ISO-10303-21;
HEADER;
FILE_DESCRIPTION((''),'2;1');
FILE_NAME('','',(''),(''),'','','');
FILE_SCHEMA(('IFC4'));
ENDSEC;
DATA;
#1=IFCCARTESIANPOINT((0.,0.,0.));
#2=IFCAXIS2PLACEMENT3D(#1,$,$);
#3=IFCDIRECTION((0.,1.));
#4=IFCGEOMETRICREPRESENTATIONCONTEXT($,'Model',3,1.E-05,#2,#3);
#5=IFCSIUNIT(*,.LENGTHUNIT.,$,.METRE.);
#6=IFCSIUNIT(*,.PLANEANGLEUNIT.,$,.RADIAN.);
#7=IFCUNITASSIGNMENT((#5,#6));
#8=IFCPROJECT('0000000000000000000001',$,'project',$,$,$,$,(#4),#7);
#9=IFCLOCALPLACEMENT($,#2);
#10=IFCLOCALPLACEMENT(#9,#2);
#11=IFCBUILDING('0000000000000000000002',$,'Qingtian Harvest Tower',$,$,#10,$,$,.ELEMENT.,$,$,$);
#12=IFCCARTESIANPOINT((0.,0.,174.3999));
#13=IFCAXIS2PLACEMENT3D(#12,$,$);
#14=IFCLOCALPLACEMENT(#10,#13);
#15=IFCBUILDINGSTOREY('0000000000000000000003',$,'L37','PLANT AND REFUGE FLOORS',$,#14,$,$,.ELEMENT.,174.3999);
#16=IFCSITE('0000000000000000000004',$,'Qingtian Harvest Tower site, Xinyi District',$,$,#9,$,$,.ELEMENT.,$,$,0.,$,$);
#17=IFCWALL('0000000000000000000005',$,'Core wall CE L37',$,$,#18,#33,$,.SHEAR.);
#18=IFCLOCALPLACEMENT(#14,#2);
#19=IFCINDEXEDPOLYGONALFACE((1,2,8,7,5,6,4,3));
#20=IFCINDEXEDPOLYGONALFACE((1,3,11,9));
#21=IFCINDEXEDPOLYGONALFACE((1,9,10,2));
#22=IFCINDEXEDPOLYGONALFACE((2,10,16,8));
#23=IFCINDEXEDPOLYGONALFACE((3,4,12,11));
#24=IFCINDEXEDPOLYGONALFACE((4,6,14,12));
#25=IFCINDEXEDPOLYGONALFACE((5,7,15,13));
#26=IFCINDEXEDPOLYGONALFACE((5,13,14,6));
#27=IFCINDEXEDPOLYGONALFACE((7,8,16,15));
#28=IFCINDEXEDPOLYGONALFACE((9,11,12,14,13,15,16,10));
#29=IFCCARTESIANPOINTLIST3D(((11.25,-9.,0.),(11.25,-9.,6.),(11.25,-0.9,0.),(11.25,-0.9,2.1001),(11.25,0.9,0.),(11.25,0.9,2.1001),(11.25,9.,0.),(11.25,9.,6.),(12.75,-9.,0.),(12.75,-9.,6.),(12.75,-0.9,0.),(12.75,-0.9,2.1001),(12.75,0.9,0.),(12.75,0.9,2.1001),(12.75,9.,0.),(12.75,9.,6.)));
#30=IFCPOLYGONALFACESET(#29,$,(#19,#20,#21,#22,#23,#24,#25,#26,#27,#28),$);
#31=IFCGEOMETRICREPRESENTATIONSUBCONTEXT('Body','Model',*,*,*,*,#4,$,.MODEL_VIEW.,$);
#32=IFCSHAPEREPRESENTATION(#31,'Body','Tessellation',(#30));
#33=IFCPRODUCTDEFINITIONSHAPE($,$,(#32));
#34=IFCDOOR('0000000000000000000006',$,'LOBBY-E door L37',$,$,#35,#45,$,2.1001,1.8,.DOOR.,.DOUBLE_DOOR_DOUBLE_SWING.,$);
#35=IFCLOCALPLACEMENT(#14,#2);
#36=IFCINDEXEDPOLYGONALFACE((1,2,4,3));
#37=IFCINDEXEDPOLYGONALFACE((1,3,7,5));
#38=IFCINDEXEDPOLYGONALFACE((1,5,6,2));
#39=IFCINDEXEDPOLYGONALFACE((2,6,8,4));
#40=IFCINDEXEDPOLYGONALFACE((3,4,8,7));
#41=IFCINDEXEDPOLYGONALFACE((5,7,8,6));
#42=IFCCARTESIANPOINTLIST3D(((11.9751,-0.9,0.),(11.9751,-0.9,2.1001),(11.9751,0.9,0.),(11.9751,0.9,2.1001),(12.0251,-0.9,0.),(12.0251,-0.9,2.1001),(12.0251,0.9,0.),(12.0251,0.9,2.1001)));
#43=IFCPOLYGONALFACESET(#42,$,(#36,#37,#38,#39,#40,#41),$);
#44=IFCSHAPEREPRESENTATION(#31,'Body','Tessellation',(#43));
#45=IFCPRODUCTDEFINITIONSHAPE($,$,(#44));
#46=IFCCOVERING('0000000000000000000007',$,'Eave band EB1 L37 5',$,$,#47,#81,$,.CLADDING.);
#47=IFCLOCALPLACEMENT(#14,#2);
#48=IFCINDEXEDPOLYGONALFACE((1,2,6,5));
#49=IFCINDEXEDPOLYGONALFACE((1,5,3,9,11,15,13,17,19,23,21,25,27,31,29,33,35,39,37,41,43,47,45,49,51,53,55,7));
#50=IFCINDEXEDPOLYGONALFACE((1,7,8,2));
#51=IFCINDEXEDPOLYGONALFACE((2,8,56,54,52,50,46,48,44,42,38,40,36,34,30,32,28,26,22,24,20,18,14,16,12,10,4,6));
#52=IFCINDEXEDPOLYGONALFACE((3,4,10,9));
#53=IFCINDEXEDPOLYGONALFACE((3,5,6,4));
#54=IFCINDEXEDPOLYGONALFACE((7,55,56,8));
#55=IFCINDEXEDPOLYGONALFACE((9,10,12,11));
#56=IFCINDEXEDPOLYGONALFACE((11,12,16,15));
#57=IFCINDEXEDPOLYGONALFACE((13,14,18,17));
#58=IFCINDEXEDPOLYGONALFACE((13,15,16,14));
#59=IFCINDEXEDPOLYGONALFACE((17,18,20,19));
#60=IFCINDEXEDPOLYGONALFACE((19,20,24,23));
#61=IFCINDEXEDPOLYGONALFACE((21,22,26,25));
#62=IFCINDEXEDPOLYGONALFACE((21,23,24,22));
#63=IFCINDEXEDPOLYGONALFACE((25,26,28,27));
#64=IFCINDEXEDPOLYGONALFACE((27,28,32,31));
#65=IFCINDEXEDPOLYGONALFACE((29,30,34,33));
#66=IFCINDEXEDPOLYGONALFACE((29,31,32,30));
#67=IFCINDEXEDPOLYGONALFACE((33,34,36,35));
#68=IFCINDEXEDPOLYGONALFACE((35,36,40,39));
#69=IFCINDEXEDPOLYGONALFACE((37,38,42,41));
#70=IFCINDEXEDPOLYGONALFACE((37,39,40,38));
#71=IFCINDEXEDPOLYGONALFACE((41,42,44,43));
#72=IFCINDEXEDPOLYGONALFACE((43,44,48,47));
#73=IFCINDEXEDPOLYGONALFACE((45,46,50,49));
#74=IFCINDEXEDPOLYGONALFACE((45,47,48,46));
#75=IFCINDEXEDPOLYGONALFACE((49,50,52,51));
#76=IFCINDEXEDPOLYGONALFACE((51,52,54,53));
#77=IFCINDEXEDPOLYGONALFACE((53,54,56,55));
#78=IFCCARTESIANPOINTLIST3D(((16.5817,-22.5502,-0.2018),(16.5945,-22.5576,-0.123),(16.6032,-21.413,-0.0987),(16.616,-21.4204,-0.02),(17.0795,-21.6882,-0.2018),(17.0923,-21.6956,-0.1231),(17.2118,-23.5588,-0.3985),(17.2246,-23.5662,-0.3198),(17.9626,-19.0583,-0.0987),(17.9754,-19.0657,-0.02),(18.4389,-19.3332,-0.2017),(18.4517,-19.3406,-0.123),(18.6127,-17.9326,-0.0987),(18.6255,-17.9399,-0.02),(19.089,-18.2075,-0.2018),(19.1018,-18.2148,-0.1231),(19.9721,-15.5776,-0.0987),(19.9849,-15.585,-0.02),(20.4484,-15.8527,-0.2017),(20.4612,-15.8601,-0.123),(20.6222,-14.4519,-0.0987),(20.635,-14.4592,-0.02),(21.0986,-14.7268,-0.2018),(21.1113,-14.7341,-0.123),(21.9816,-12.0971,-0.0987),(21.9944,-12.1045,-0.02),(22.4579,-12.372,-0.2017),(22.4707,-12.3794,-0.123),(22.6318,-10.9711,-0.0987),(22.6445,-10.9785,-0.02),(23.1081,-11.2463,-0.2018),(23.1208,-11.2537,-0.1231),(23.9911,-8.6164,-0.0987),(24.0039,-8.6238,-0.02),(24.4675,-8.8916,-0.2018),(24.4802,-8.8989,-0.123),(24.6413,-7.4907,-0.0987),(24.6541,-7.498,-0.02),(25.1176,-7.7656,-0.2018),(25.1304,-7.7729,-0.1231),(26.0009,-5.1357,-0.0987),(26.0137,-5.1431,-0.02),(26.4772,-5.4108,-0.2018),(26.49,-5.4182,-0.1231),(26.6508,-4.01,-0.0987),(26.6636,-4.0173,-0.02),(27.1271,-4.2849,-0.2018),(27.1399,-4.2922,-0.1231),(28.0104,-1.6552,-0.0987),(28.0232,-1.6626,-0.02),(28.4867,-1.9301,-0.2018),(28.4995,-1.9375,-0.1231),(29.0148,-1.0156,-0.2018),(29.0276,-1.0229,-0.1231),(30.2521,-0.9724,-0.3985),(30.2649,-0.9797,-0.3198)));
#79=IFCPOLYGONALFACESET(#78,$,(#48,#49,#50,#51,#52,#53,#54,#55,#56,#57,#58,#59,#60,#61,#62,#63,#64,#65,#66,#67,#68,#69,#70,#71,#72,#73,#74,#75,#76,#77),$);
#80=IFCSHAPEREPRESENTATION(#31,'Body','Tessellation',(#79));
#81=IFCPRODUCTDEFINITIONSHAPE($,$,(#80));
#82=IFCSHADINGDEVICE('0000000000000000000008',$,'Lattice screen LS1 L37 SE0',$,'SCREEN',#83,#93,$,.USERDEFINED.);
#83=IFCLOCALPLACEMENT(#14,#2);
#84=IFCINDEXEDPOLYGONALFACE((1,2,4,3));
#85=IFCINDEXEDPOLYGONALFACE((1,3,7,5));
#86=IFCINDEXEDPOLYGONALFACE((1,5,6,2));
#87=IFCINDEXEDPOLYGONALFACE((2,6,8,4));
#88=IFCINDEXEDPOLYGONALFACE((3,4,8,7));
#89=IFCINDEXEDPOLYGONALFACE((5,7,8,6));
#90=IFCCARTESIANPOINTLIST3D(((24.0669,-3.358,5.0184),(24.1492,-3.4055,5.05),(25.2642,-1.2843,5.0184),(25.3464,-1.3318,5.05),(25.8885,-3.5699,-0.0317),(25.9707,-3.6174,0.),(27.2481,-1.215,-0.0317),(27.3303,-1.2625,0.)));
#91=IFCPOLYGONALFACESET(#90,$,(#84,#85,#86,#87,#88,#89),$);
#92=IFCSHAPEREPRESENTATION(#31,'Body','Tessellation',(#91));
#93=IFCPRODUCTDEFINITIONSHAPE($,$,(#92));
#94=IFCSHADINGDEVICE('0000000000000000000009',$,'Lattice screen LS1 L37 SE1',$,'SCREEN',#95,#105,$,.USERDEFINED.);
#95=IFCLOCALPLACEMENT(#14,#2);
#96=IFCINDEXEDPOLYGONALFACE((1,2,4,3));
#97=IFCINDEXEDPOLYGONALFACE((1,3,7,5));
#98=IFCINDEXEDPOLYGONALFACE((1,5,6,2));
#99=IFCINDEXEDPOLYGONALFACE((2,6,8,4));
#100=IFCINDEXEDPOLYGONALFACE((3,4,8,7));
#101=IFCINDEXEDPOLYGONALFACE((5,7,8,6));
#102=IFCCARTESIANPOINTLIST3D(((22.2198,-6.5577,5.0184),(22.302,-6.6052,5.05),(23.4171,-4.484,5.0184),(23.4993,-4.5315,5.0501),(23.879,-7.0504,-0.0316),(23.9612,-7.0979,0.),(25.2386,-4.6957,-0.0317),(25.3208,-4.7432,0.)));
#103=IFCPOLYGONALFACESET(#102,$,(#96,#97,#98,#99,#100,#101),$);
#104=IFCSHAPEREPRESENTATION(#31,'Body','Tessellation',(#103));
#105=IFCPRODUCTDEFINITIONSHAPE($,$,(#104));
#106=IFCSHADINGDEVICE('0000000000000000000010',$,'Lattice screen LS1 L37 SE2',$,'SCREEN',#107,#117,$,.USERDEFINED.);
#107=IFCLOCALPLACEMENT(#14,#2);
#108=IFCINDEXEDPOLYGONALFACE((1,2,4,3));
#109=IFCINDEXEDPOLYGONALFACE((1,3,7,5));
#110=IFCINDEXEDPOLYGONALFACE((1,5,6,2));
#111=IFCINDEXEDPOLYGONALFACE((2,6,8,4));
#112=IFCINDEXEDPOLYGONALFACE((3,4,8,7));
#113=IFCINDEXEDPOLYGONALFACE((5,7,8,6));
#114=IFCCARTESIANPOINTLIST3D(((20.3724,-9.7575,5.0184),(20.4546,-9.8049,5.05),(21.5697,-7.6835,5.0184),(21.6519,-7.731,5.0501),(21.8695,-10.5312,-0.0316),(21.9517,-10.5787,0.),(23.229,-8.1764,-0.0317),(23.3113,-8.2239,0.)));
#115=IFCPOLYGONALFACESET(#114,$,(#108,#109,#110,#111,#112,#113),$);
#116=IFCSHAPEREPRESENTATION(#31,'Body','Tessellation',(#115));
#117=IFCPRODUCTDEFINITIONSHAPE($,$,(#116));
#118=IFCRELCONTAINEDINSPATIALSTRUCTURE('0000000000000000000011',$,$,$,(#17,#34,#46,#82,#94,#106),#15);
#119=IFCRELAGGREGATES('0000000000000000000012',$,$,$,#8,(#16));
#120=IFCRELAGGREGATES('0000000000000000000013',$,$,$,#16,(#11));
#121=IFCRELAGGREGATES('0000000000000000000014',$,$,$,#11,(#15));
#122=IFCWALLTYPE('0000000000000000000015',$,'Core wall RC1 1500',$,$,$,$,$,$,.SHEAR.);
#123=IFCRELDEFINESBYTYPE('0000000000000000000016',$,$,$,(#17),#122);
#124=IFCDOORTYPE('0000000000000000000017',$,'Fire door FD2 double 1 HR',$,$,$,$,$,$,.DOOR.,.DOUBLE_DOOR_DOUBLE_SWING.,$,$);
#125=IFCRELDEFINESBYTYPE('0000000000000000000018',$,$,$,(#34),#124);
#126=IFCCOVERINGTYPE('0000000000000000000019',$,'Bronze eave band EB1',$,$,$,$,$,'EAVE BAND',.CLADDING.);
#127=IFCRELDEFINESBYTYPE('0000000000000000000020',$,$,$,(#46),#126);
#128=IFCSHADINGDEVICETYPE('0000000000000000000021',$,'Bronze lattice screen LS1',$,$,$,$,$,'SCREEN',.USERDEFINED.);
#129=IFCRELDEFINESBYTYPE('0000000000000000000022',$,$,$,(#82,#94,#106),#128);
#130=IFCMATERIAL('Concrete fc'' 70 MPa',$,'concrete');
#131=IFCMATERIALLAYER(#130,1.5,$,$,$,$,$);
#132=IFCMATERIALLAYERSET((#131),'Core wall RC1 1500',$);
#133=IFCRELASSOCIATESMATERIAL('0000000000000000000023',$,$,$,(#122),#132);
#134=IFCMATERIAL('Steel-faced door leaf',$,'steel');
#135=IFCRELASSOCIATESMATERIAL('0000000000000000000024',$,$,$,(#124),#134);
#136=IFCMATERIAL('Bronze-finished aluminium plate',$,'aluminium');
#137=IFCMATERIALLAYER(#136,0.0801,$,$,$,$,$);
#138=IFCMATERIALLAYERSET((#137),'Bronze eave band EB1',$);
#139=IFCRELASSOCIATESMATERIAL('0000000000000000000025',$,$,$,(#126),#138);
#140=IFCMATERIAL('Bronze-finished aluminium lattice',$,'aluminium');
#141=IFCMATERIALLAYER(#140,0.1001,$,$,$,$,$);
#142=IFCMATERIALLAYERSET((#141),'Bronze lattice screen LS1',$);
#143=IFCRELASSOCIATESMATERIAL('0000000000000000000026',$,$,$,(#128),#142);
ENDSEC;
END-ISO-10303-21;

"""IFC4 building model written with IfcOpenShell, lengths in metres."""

from ifc_helpers import new_model, si_unit, direction, frame, frame_2d, origin, place, context, subcontext, project, spatial, polyline, rectangle, outline, extrude, material, layer, layer_set, type_object, element, fill, save


model = new_model("IFC4")

# Units and contexts
model_context = context("Model", 3, precision=1e-05, world=origin(), true_north=direction((0.0, 1.0)))
body_context = subcontext(model_context, "Body", "Model", "MODEL_VIEW")
ifc_project = project(units=[si_unit("LENGTHUNIT", "METRE"), si_unit("PLANEANGLEUNIT", "RADIAN")], contexts=[model_context])

# Site, building, storey
site_placement = place(None, origin())
site = spatial("IfcSite", under=ifc_project, at=site_placement, Name="Qingtian Harvest Tower site, Xinyi District", CompositionType="ELEMENT", RefElevation=0.0)
building_placement = place(site_placement, origin())
building = spatial("IfcBuilding", under=site, at=building_placement, Name="Qingtian Harvest Tower", CompositionType="ELEMENT")
storey_placement = place(building_placement, frame((0.0, 0.0, 174.3999)))
storey = spatial("IfcBuildingStorey", under=building, at=storey_placement, Name="L37", Description="PLANT AND REFUGE FLOORS", CompositionType="ELEMENT", Elevation=174.3999)

# Wall, opening, door
ifc_material_1 = material(Name="Concrete fc' 70 MPa", Category="concrete")
ifc_layer_1 = layer(ifc_material_1, 1.5)
ifc_layer_set_1 = layer_set([ifc_layer_1], Name="Core wall RC1 1500")
wall_type = type_object("IfcWallType", Name="Core wall RC1 1500", PredefinedType="SHEAR", material=ifc_layer_set_1)
wall_placement = place(storey_placement, frame((12.0, -9.0, 0.0), z_axis=(0.0, 0.0, 1.0), x_axis=(0.0, 1.0, 0.0)))
wall = element("IfcWall", 1, at=wall_placement, inside=storey, type_object=wall_type, Name="Core wall CE L37", PredefinedType="SHEAR", context=body_context, shape_type="SweptSolid", body=[
    extrude(rectangle(XDim=18.0, YDim=1.5, at=frame_2d((9.0, 0.0))), origin(), (0.0, 0.0, 1.0), 6.0),
])
opening_placement = place(wall_placement, frame((8.1001, 0.0, 0.0)))
opening = element("IfcOpeningElement", 2, at=opening_placement, cuts=wall, PredefinedType="OPENING", context=body_context, shape_type="SweptSolid", body=[
    extrude(rectangle(XDim=1.8, YDim=2.1001, at=frame_2d((0.8999, 1.05))), frame((0.0, 0.76, 0.0), z_axis=(0.0, -1.0, 0.0), x_axis=(1.0, 0.0, 0.0)), (0.0, 0.0, 1.0), 1.52),
])
ifc_material_2 = material(Name="Steel-faced door leaf", Category="steel")
door_type = type_object("IfcDoorType", Name="Fire door FD2 double 1 HR", OperationType="DOUBLE_DOOR_DOUBLE_SWING", PredefinedType="DOOR", material=ifc_material_2)
door_placement = place(opening_placement, origin())
door = element("IfcDoor", 3, at=door_placement, inside=storey, type_object=door_type, Name="LOBBY-E door L37", OperationType="DOUBLE_DOOR_DOUBLE_SWING", OverallHeight=2.1001, OverallWidth=1.8, PredefinedType="DOOR", context=body_context, shape_type="SweptSolid", body=[
    extrude(rectangle(XDim=1.8, YDim=2.1001, at=frame_2d((0.8999, 1.05))), frame((0.0, 0.0249, 0.0), z_axis=(0.0, -1.0, 0.0), x_axis=(1.0, 0.0, 0.0)), (0.0, 0.0, 1.0), 0.05),
])
fill(opening, door)

# Covering
ifc_material_3 = material(Name="Bronze-finished aluminium plate", Category="aluminium")
ifc_layer_2 = layer(ifc_material_3, 0.0801)
ifc_layer_set_2 = layer_set([ifc_layer_2], Name="Bronze eave band EB1")
covering_type = type_object("IfcCoveringType", Name="Bronze eave band EB1", ElementType="EAVE BAND", PredefinedType="CLADDING", material=ifc_layer_set_2)
covering_placement = place(storey_placement, frame((28.0232, -1.6626, -0.02), z_axis=(0.159503, -0.092088, 0.982893), x_axis=(0.851288, -0.491312, -0.184177)))
element("IfcCovering", 4, at=covering_placement, inside=storey, type_object=covering_type, Name="Eave band EB1 L37 5", PredefinedType="CLADDING", context=body_context, shape_type="SweptSolid", body=[
    extrude(outline(polyline([(0.0, 0.0), (0.5595, 0.0), (0.5597, 1.0561), (1.6281, 1.712), (1.624, -24.3686), (0.5558, -23.8101), (0.5561, -22.8146), (-0.0036, -22.8144), (-0.0033, -20.0954), (0.5563, -20.0954), (0.5566, -18.7954), (-0.0029, -18.7954), (-0.0027, -16.0763), (0.5569, -16.0765), (0.5572, -14.7763), (-0.0023, -14.7763), (-0.002, -12.0574), (0.5575, -12.0574), (0.5579, -10.7574), (-0.0018, -10.7572), (-0.0015, -8.0382), (0.5582, -8.0384), (0.5584, -6.7382), (-0.0011, -6.7382), (-0.0007, -4.0189), (0.559, -4.0191), (0.559, -2.7191), (-0.0005, -2.7191), (0.0, 0.0)])), origin(), (0.0, 0.0, -1.0), 0.0801),
])

# Shading devices
ifc_material_4 = material(Name="Bronze-finished aluminium lattice", Category="aluminium")
ifc_layer_3 = layer(ifc_material_4, 0.1001)
ifc_layer_set_3 = layer_set([ifc_layer_3], Name="Bronze lattice screen LS1")
shading_device_type = type_object("IfcShadingDeviceType", Name="Bronze lattice screen LS1", ElementType="SCREEN", PredefinedType="USERDEFINED", material=ifc_layer_set_3)
shading_device_1_placement = place(storey_placement, frame((27.3303, -1.2625, 0.0), z_axis=(0.821582, -0.474334, 0.316244), x_axis=(-0.499995, -0.866028, -0.000001)))
element("IfcShadingDevice", 5, at=shading_device_1_placement, inside=storey, type_object=shading_device_type, Name="Lattice screen LS1 L37 SE0", ObjectType="SCREEN", PredefinedType="USERDEFINED", context=body_context, shape_type="SweptSolid", body=[
    extrude(outline(polyline([(0.0, 0.0), (2.7193, 0.0), (3.4465, -5.3233), (1.052, -5.3232), (0.0, 0.0)])), origin(), (0.0, 0.0, -1.0), 0.1001),
])
shading_device_2_placement = place(storey_placement, frame((25.3208, -4.7432, 0.0), z_axis=(0.821579, -0.474359, 0.316214), x_axis=(-0.500017, -0.866015, 0.000005)))
element("IfcShadingDevice", 6, at=shading_device_2_placement, inside=storey, type_object=shading_device_type, Name="Lattice screen LS1 L37 SE1", ObjectType="SCREEN", PredefinedType="USERDEFINED", context=body_context, shape_type="SweptSolid", body=[
    extrude(outline(polyline([(0.0, 0.0), (2.7191, 0.0), (3.1221, -5.3232), (0.7275, -5.3232), (0.0, 0.0)])), origin(), (0.0, 0.0, -1.0), 0.1001),
])
shading_device_3_placement = place(storey_placement, frame((23.3113, -8.2239, 0.0), z_axis=(0.821581, -0.474334, 0.316245), x_axis=(-0.499999, -0.866026, 0.000012)))
element("IfcShadingDevice", 7, at=shading_device_3_placement, inside=storey, type_object=shading_device_type, Name="Lattice screen LS1 L37 SE2", ObjectType="SCREEN", PredefinedType="USERDEFINED", context=body_context, shape_type="SweptSolid", body=[
    extrude(outline(polyline([(0.0, 0.0), (2.7191, 0.0), (2.7976, -5.3232), (0.4029, -5.3233), (0.0, 0.0)])), origin(), (0.0, 0.0, -1.0), 0.1001),
])

save(model, "model.ifc")
